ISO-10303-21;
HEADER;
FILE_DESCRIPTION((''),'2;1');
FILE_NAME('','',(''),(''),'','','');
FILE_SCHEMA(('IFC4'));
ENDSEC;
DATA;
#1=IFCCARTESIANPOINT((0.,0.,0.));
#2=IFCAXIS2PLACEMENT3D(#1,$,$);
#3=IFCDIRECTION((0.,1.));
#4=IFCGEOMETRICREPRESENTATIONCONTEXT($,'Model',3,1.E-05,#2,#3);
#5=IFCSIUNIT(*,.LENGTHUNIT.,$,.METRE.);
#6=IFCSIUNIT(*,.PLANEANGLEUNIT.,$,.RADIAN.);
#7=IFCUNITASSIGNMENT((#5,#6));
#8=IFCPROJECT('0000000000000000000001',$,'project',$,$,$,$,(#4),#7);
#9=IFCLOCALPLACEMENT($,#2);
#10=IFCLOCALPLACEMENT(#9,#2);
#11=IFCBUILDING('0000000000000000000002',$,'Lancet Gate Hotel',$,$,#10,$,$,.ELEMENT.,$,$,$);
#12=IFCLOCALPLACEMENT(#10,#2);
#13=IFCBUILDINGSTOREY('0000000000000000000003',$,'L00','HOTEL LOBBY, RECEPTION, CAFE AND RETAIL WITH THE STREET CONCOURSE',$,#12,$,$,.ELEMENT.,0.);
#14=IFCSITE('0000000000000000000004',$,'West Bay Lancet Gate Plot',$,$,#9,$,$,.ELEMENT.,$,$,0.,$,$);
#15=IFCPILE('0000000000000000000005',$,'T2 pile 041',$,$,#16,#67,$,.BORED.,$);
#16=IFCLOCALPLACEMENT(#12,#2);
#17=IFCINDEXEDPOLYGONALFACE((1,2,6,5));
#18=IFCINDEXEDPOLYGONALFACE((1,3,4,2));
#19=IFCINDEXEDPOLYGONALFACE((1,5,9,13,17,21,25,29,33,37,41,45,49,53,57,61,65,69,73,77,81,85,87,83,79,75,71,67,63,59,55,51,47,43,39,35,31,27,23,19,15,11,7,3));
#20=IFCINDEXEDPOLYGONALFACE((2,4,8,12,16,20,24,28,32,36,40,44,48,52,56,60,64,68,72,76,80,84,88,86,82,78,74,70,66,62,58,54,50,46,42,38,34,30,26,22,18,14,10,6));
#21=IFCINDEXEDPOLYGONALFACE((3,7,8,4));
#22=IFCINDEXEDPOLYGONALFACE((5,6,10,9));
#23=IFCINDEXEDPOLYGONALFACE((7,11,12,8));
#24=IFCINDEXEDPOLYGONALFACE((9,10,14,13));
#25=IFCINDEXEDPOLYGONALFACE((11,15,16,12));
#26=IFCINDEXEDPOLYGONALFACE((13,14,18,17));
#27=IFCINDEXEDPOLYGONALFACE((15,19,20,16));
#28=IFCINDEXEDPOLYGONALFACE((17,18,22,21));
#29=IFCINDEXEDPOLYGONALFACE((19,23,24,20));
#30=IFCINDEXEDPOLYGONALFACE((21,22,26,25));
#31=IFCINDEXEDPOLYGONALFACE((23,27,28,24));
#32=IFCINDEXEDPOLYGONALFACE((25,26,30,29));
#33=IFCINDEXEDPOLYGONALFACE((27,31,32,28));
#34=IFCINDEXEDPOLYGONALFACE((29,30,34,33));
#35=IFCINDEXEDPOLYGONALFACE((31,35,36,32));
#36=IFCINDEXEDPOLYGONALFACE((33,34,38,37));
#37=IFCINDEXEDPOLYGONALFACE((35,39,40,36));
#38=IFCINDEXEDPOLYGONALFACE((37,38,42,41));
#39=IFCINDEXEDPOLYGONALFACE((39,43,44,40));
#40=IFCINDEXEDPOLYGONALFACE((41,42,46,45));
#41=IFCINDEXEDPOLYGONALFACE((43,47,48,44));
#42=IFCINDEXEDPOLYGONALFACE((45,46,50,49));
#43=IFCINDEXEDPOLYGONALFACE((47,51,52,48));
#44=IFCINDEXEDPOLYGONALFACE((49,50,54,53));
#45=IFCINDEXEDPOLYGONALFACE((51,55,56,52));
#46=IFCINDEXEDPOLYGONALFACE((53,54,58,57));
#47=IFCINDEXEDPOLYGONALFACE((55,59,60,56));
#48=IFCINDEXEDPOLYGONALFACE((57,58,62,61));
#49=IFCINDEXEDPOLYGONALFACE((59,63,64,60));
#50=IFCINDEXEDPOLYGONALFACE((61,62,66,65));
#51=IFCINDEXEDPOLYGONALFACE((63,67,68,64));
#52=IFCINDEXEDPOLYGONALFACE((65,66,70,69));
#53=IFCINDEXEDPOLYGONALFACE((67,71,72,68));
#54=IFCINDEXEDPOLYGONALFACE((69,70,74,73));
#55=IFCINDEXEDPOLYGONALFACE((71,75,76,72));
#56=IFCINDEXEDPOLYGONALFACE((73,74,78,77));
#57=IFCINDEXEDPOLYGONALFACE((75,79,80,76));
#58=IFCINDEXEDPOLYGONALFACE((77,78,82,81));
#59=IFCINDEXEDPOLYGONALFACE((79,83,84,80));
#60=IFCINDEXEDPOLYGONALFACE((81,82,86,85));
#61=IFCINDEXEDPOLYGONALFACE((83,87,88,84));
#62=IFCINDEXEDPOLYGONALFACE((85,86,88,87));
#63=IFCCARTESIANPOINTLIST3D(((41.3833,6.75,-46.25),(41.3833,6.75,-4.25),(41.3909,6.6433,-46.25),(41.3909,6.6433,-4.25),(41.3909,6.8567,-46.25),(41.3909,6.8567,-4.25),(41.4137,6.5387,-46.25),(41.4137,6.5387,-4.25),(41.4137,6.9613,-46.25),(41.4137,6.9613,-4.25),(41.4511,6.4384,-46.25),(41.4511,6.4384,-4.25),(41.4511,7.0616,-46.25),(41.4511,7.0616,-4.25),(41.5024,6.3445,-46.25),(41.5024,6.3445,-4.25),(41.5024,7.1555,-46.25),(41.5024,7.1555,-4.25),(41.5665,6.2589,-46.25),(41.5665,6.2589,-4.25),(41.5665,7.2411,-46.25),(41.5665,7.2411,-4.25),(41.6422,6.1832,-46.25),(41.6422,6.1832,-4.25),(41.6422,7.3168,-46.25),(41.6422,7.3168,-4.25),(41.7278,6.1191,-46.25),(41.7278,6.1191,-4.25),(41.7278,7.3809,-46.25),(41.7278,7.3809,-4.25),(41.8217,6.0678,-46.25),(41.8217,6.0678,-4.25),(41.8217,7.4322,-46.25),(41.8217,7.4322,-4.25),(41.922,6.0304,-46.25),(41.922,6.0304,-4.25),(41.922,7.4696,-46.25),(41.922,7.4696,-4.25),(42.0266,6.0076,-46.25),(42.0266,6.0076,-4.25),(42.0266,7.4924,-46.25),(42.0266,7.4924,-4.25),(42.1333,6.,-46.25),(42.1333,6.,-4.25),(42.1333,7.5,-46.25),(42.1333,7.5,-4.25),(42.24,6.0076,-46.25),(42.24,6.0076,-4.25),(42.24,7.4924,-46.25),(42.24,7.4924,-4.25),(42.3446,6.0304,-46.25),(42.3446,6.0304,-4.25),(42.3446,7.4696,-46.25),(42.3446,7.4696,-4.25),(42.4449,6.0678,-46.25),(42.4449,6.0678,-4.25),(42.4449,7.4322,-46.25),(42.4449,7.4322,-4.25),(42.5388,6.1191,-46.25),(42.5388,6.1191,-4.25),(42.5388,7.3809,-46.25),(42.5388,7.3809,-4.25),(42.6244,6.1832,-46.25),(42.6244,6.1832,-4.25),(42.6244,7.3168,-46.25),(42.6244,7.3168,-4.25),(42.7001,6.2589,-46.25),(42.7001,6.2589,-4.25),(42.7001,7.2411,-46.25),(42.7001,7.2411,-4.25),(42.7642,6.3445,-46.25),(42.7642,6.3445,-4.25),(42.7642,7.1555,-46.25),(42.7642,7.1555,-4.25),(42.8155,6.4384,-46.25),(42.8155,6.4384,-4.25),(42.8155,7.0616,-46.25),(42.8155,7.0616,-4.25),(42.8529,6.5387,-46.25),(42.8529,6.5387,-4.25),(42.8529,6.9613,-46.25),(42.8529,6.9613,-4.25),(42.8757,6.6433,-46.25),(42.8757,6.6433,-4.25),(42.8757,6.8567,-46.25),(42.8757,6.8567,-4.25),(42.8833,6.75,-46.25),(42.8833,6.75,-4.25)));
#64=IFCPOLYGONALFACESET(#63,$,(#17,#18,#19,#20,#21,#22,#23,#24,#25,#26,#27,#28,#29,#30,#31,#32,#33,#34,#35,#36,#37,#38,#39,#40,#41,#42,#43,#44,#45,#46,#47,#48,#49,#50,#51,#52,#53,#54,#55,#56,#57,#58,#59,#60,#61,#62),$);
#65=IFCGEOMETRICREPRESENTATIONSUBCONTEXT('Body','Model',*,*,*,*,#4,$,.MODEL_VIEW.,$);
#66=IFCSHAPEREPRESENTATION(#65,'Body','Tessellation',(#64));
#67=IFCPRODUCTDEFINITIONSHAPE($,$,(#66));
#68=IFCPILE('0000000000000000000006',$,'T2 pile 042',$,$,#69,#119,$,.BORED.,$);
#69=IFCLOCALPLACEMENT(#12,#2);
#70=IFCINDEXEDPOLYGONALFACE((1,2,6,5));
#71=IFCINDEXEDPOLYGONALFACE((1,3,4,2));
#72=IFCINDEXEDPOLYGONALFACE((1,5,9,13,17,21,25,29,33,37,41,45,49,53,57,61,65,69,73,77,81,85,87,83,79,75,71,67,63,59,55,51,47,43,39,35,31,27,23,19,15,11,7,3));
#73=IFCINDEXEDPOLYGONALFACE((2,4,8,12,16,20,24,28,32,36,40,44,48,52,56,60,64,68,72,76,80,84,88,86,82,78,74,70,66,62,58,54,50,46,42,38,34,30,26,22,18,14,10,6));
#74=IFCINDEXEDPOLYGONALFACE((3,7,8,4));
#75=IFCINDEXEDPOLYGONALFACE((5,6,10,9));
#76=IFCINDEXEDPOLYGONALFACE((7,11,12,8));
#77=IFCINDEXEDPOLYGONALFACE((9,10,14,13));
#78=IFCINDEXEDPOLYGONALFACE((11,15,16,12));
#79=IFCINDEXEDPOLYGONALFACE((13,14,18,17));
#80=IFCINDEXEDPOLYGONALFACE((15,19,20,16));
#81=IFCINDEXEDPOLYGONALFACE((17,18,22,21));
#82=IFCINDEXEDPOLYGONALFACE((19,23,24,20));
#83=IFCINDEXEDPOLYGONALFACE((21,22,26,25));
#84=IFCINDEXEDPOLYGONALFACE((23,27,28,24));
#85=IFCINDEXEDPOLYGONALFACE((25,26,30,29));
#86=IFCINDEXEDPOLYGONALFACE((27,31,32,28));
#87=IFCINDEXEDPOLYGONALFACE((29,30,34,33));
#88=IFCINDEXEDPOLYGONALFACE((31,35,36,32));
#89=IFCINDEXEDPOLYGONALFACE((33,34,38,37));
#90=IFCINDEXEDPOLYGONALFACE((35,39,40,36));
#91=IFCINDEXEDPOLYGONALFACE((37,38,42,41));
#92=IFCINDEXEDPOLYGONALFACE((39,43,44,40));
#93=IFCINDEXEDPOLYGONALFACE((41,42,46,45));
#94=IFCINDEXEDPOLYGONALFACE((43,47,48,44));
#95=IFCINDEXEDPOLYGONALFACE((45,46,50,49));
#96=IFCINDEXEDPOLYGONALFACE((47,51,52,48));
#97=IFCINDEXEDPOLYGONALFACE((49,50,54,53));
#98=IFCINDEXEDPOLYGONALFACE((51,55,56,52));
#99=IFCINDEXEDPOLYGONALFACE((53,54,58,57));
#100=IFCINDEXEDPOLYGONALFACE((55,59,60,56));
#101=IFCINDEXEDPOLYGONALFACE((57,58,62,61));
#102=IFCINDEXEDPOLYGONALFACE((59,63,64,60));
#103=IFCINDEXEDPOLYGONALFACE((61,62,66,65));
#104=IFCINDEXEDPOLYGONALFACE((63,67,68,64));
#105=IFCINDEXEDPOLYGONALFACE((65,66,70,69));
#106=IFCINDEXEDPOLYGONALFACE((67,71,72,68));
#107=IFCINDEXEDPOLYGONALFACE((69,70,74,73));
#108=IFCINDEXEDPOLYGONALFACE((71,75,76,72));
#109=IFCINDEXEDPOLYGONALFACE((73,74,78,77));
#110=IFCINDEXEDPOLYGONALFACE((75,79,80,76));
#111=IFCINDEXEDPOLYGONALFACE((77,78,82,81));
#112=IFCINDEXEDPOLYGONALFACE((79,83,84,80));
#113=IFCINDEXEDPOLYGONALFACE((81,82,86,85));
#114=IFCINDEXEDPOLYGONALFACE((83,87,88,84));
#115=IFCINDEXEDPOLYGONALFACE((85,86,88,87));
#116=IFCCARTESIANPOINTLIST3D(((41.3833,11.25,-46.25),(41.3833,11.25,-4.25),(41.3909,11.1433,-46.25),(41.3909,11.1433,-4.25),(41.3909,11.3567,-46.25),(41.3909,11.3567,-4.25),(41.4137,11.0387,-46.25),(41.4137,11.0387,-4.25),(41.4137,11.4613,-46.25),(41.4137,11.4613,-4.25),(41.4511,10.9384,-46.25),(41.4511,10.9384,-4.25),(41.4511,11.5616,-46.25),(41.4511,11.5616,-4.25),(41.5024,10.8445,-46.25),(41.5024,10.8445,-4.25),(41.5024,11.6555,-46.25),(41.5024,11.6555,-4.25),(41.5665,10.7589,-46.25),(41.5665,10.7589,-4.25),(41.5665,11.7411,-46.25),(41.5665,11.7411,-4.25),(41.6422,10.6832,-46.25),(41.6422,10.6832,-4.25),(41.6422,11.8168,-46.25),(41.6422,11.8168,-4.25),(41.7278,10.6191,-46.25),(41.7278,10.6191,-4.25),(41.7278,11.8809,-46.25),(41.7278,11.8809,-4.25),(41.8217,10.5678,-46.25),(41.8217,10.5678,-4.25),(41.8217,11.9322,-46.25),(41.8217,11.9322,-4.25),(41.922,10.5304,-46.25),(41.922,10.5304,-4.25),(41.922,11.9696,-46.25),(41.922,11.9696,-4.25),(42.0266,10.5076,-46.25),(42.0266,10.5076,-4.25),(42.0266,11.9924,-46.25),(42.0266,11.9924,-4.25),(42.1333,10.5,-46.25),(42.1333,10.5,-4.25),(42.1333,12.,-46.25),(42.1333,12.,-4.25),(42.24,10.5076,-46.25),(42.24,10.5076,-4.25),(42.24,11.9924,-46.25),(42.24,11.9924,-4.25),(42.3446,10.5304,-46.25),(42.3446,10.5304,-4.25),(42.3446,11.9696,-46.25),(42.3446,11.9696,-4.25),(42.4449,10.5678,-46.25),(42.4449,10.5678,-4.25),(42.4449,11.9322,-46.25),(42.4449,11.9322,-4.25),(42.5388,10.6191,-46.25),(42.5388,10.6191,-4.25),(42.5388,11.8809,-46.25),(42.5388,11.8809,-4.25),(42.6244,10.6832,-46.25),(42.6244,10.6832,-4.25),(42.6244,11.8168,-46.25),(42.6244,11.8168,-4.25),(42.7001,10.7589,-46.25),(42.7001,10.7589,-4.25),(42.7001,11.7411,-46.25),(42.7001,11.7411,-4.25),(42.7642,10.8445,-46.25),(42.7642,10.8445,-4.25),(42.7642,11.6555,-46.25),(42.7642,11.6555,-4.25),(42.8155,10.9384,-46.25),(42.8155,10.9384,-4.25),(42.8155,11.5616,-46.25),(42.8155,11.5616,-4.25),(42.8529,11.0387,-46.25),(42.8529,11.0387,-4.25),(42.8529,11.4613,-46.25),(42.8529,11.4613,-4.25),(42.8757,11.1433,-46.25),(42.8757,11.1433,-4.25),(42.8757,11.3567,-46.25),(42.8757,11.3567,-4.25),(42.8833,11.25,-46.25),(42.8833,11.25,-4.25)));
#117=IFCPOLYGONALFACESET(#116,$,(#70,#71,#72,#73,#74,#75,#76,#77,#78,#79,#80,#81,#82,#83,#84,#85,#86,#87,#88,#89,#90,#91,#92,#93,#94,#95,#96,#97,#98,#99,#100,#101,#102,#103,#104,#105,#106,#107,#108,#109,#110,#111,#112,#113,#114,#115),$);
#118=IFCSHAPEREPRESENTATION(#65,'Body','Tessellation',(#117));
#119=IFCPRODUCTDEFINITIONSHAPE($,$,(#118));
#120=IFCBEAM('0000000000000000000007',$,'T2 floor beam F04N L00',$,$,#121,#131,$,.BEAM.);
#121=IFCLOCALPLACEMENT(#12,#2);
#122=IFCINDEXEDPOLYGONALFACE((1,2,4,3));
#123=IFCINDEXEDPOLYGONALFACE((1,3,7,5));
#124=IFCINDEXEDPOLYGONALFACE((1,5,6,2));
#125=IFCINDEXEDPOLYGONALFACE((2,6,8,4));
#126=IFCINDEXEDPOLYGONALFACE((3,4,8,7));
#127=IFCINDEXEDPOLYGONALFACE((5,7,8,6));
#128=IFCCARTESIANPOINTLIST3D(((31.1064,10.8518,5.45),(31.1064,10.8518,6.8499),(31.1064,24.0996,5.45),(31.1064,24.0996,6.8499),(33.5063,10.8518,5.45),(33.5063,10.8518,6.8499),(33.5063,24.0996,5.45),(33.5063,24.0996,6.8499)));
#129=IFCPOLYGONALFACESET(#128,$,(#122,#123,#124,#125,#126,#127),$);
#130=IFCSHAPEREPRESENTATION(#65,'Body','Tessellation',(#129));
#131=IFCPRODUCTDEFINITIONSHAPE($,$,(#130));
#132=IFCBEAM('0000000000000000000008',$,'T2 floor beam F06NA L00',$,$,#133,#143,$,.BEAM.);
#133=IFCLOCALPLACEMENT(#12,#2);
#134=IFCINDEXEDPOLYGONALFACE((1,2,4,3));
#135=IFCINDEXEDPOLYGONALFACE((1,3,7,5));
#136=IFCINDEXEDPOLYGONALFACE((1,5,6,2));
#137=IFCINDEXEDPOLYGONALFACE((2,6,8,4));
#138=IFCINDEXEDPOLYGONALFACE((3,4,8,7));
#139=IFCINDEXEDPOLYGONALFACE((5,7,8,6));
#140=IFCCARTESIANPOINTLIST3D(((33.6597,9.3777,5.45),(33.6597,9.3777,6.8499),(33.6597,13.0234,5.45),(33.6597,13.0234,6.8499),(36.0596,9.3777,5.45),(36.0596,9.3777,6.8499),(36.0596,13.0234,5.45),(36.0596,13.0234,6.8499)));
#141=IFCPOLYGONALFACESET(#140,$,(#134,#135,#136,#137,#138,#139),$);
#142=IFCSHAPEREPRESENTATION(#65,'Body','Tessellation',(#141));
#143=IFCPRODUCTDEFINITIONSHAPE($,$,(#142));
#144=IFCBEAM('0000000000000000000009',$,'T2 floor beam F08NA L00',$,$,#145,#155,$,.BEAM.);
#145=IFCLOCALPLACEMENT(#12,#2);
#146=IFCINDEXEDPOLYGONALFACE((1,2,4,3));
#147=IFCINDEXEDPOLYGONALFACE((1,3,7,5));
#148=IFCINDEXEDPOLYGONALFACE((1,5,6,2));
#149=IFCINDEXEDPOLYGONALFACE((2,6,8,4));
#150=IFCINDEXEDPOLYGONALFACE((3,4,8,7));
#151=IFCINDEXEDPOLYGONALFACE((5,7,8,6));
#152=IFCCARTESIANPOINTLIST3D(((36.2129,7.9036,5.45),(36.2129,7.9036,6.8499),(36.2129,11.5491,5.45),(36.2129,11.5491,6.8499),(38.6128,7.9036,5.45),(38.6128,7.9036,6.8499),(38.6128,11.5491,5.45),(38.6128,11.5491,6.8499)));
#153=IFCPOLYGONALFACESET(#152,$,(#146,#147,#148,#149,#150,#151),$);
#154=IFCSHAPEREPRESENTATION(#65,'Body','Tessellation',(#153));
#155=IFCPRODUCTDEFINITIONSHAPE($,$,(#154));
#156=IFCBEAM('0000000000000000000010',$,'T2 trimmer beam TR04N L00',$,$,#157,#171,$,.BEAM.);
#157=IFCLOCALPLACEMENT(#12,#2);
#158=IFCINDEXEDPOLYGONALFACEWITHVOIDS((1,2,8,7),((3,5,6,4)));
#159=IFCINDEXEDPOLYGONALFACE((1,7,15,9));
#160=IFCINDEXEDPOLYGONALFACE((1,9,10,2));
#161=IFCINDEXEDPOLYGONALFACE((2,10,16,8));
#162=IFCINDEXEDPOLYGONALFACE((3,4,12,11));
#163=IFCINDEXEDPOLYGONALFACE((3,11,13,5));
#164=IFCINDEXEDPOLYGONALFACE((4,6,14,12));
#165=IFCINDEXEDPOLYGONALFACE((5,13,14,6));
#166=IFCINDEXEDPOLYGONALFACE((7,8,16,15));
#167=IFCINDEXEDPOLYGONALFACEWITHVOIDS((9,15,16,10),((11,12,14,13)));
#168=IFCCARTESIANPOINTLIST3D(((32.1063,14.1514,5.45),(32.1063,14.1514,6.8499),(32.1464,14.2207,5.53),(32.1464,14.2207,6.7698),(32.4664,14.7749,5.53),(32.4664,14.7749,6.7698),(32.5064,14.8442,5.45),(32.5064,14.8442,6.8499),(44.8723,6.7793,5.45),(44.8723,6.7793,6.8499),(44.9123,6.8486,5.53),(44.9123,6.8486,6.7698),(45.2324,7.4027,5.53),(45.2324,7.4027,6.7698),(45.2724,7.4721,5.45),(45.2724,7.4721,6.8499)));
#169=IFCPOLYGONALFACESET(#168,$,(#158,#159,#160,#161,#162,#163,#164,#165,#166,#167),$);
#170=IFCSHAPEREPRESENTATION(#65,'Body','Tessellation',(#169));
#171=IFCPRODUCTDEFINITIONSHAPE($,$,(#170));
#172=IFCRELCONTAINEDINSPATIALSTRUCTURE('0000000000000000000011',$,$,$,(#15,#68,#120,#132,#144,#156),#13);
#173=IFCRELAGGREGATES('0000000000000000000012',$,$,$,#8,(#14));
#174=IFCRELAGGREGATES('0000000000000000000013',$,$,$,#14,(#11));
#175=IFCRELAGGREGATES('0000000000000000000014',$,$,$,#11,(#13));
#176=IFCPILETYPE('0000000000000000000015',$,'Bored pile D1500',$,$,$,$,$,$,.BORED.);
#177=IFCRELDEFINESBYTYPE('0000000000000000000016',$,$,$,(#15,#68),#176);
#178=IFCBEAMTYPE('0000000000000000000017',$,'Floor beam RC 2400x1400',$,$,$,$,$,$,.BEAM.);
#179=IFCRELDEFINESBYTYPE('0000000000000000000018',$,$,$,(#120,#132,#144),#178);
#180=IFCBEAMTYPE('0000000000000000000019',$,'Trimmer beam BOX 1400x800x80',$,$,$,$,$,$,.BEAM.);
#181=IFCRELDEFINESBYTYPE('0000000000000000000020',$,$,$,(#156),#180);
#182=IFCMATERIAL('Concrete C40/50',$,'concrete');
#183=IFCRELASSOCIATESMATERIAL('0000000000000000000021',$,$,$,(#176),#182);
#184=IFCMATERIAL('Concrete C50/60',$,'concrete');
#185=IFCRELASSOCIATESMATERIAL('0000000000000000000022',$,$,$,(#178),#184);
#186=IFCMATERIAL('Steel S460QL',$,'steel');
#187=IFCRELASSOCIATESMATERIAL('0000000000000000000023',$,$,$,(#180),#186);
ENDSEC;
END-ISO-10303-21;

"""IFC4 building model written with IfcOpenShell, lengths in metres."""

from ifc_helpers import new_model, si_unit, direction, frame, origin, origin_2d, place, context, subcontext, project, spatial, rectangle, hollow_rectangle, circle, extrude, material, material_profile, profile_set, type_object, element, save


model = new_model("IFC4")

# Units and contexts
model_context = context("Model", 3, precision=1e-05, world=origin(), true_north=direction((0.0, 1.0)))
body_context = subcontext(model_context, "Body", "Model", "MODEL_VIEW")
ifc_project = project(units=[si_unit("LENGTHUNIT", "METRE"), si_unit("PLANEANGLEUNIT", "RADIAN")], contexts=[model_context])

# Site, building, storey
site_placement = place(None, origin())
site = spatial("IfcSite", under=ifc_project, at=site_placement, Name="West Bay Lancet Gate Plot", CompositionType="ELEMENT", RefElevation=0.0)
building_placement = place(site_placement, origin())
building = spatial("IfcBuilding", under=site, at=building_placement, Name="Lancet Gate Hotel", CompositionType="ELEMENT")
storey_placement = place(building_placement, origin())
storey = spatial("IfcBuildingStorey", under=building, at=storey_placement, Name="L00", Description="HOTEL LOBBY, RECEPTION, CAFE AND RETAIL WITH THE STREET CONCOURSE", CompositionType="ELEMENT", Elevation=0.0)

# Piles
ifc_material_1 = material(Name="Concrete C40/50", Category="concrete")
ifc_material_profile_1 = material_profile(ifc_material_1, circle(Radius=0.75, at=origin_2d()), Name="PILE D1500")
ifc_profile_set_1 = profile_set([ifc_material_profile_1], Name="Concrete C40/50")
pile_type = type_object("IfcPileType", Name="Bored pile D1500", PredefinedType="BORED", material=ifc_profile_set_1)
for number, where, z_axis, x_axis, name in (
    (1, (42.1333, 6.75, -4.25), (0.0, 0.0, -1.0), (1.0, 0.0, 0.0), "T2 pile 041"),
    (2, (42.1333, 11.25, -4.25), (0.0, 0.0, -1.0), (1.0, 0.0, 0.0), "T2 pile 042"),
):
    element("IfcPile", number, at=place(storey_placement, frame(where, z_axis=z_axis, x_axis=x_axis)), inside=storey, type_object=pile_type, Name=name, PredefinedType="BORED", context=body_context, shape_type="SweptSolid", body=[
        extrude(circle(Radius=0.75, at=origin_2d()), origin(), (0.0, 0.0, 1.0), 42.0),
    ])

# Beams
ifc_material_2 = material(Name="Concrete C50/60", Category="concrete")
ifc_material_profile_2 = material_profile(ifc_material_2, rectangle(XDim=2.3999, YDim=1.3999, at=origin_2d()), Name="RC 2400x1400")
ifc_profile_set_2 = profile_set([ifc_material_profile_2], Name="Concrete C50/60")
beam_type_1 = type_object("IfcBeamType", Name="Floor beam RC 2400x1400", PredefinedType="BEAM", material=ifc_profile_set_2)
beam_1_placement = place(storey_placement, frame((32.3064, 10.8518, 6.1499), z_axis=(0.0, 1.0, 0.0), x_axis=(-1.0, 0.0, 0.0)))
element("IfcBeam", 3, at=beam_1_placement, inside=storey, type_object=beam_type_1, Name="T2 floor beam F04N L00", PredefinedType="BEAM", context=body_context, shape_type="SweptSolid", body=[
    extrude(rectangle(XDim=2.3999, YDim=1.3999, at=origin_2d()), origin(), (0.0, 0.0, 1.0), 13.2478),
])
beam_2_placement = place(storey_placement, frame((34.8596, 9.3777, 6.1499), z_axis=(0.0, 1.0, 0.0), x_axis=(-1.0, 0.0, 0.0)))
element("IfcBeam", 4, at=beam_2_placement, inside=storey, type_object=beam_type_1, Name="T2 floor beam F06NA L00", PredefinedType="BEAM", context=body_context, shape_type="SweptSolid", body=[
    extrude(rectangle(XDim=2.3999, YDim=1.3999, at=origin_2d()), origin(), (0.0, 0.0, 1.0), 3.6458),
])
beam_3_placement = place(storey_placement, frame((37.4128, 7.9036, 6.1499), z_axis=(0.0, 1.0, 0.0), x_axis=(-1.0, 0.0, 0.0)))
element("IfcBeam", 5, at=beam_3_placement, inside=storey, type_object=beam_type_1, Name="T2 floor beam F08NA L00", PredefinedType="BEAM", context=body_context, shape_type="SweptSolid", body=[
    extrude(rectangle(XDim=2.3999, YDim=1.3999, at=origin_2d()), origin(), (0.0, 0.0, 1.0), 3.6455),
])
ifc_material_3 = material(Name="Steel S460QL", Category="steel")
ifc_material_profile_3 = material_profile(ifc_material_3, hollow_rectangle(XDim=0.8, YDim=1.3999, WallThickness=0.0801, at=origin_2d()), Name="BOX 1400x800x80")
ifc_profile_set_3 = profile_set([ifc_material_profile_3], Name="Steel S460QL")
beam_type_2 = type_object("IfcBeamType", Name="Trimmer beam BOX 1400x800x80", PredefinedType="BEAM", material=ifc_profile_set_3)
beam_4_placement = place(storey_placement, frame((32.3064, 14.4978, 6.1499), z_axis=(0.865976, -0.500086, 0.0), x_axis=(0.500086, 0.865976, 0.0)))
element("IfcBeam", 6, at=beam_4_placement, inside=storey, type_object=beam_type_2, Name="T2 trimmer beam TR04N L00", PredefinedType="BEAM", context=body_context, shape_type="SweptSolid", body=[
    extrude(hollow_rectangle(XDim=0.8, YDim=1.3999, WallThickness=0.0801, at=origin_2d()), origin(), (0.0, 0.0, 1.0), 14.7417),
])

save(model, "model.ifc")
